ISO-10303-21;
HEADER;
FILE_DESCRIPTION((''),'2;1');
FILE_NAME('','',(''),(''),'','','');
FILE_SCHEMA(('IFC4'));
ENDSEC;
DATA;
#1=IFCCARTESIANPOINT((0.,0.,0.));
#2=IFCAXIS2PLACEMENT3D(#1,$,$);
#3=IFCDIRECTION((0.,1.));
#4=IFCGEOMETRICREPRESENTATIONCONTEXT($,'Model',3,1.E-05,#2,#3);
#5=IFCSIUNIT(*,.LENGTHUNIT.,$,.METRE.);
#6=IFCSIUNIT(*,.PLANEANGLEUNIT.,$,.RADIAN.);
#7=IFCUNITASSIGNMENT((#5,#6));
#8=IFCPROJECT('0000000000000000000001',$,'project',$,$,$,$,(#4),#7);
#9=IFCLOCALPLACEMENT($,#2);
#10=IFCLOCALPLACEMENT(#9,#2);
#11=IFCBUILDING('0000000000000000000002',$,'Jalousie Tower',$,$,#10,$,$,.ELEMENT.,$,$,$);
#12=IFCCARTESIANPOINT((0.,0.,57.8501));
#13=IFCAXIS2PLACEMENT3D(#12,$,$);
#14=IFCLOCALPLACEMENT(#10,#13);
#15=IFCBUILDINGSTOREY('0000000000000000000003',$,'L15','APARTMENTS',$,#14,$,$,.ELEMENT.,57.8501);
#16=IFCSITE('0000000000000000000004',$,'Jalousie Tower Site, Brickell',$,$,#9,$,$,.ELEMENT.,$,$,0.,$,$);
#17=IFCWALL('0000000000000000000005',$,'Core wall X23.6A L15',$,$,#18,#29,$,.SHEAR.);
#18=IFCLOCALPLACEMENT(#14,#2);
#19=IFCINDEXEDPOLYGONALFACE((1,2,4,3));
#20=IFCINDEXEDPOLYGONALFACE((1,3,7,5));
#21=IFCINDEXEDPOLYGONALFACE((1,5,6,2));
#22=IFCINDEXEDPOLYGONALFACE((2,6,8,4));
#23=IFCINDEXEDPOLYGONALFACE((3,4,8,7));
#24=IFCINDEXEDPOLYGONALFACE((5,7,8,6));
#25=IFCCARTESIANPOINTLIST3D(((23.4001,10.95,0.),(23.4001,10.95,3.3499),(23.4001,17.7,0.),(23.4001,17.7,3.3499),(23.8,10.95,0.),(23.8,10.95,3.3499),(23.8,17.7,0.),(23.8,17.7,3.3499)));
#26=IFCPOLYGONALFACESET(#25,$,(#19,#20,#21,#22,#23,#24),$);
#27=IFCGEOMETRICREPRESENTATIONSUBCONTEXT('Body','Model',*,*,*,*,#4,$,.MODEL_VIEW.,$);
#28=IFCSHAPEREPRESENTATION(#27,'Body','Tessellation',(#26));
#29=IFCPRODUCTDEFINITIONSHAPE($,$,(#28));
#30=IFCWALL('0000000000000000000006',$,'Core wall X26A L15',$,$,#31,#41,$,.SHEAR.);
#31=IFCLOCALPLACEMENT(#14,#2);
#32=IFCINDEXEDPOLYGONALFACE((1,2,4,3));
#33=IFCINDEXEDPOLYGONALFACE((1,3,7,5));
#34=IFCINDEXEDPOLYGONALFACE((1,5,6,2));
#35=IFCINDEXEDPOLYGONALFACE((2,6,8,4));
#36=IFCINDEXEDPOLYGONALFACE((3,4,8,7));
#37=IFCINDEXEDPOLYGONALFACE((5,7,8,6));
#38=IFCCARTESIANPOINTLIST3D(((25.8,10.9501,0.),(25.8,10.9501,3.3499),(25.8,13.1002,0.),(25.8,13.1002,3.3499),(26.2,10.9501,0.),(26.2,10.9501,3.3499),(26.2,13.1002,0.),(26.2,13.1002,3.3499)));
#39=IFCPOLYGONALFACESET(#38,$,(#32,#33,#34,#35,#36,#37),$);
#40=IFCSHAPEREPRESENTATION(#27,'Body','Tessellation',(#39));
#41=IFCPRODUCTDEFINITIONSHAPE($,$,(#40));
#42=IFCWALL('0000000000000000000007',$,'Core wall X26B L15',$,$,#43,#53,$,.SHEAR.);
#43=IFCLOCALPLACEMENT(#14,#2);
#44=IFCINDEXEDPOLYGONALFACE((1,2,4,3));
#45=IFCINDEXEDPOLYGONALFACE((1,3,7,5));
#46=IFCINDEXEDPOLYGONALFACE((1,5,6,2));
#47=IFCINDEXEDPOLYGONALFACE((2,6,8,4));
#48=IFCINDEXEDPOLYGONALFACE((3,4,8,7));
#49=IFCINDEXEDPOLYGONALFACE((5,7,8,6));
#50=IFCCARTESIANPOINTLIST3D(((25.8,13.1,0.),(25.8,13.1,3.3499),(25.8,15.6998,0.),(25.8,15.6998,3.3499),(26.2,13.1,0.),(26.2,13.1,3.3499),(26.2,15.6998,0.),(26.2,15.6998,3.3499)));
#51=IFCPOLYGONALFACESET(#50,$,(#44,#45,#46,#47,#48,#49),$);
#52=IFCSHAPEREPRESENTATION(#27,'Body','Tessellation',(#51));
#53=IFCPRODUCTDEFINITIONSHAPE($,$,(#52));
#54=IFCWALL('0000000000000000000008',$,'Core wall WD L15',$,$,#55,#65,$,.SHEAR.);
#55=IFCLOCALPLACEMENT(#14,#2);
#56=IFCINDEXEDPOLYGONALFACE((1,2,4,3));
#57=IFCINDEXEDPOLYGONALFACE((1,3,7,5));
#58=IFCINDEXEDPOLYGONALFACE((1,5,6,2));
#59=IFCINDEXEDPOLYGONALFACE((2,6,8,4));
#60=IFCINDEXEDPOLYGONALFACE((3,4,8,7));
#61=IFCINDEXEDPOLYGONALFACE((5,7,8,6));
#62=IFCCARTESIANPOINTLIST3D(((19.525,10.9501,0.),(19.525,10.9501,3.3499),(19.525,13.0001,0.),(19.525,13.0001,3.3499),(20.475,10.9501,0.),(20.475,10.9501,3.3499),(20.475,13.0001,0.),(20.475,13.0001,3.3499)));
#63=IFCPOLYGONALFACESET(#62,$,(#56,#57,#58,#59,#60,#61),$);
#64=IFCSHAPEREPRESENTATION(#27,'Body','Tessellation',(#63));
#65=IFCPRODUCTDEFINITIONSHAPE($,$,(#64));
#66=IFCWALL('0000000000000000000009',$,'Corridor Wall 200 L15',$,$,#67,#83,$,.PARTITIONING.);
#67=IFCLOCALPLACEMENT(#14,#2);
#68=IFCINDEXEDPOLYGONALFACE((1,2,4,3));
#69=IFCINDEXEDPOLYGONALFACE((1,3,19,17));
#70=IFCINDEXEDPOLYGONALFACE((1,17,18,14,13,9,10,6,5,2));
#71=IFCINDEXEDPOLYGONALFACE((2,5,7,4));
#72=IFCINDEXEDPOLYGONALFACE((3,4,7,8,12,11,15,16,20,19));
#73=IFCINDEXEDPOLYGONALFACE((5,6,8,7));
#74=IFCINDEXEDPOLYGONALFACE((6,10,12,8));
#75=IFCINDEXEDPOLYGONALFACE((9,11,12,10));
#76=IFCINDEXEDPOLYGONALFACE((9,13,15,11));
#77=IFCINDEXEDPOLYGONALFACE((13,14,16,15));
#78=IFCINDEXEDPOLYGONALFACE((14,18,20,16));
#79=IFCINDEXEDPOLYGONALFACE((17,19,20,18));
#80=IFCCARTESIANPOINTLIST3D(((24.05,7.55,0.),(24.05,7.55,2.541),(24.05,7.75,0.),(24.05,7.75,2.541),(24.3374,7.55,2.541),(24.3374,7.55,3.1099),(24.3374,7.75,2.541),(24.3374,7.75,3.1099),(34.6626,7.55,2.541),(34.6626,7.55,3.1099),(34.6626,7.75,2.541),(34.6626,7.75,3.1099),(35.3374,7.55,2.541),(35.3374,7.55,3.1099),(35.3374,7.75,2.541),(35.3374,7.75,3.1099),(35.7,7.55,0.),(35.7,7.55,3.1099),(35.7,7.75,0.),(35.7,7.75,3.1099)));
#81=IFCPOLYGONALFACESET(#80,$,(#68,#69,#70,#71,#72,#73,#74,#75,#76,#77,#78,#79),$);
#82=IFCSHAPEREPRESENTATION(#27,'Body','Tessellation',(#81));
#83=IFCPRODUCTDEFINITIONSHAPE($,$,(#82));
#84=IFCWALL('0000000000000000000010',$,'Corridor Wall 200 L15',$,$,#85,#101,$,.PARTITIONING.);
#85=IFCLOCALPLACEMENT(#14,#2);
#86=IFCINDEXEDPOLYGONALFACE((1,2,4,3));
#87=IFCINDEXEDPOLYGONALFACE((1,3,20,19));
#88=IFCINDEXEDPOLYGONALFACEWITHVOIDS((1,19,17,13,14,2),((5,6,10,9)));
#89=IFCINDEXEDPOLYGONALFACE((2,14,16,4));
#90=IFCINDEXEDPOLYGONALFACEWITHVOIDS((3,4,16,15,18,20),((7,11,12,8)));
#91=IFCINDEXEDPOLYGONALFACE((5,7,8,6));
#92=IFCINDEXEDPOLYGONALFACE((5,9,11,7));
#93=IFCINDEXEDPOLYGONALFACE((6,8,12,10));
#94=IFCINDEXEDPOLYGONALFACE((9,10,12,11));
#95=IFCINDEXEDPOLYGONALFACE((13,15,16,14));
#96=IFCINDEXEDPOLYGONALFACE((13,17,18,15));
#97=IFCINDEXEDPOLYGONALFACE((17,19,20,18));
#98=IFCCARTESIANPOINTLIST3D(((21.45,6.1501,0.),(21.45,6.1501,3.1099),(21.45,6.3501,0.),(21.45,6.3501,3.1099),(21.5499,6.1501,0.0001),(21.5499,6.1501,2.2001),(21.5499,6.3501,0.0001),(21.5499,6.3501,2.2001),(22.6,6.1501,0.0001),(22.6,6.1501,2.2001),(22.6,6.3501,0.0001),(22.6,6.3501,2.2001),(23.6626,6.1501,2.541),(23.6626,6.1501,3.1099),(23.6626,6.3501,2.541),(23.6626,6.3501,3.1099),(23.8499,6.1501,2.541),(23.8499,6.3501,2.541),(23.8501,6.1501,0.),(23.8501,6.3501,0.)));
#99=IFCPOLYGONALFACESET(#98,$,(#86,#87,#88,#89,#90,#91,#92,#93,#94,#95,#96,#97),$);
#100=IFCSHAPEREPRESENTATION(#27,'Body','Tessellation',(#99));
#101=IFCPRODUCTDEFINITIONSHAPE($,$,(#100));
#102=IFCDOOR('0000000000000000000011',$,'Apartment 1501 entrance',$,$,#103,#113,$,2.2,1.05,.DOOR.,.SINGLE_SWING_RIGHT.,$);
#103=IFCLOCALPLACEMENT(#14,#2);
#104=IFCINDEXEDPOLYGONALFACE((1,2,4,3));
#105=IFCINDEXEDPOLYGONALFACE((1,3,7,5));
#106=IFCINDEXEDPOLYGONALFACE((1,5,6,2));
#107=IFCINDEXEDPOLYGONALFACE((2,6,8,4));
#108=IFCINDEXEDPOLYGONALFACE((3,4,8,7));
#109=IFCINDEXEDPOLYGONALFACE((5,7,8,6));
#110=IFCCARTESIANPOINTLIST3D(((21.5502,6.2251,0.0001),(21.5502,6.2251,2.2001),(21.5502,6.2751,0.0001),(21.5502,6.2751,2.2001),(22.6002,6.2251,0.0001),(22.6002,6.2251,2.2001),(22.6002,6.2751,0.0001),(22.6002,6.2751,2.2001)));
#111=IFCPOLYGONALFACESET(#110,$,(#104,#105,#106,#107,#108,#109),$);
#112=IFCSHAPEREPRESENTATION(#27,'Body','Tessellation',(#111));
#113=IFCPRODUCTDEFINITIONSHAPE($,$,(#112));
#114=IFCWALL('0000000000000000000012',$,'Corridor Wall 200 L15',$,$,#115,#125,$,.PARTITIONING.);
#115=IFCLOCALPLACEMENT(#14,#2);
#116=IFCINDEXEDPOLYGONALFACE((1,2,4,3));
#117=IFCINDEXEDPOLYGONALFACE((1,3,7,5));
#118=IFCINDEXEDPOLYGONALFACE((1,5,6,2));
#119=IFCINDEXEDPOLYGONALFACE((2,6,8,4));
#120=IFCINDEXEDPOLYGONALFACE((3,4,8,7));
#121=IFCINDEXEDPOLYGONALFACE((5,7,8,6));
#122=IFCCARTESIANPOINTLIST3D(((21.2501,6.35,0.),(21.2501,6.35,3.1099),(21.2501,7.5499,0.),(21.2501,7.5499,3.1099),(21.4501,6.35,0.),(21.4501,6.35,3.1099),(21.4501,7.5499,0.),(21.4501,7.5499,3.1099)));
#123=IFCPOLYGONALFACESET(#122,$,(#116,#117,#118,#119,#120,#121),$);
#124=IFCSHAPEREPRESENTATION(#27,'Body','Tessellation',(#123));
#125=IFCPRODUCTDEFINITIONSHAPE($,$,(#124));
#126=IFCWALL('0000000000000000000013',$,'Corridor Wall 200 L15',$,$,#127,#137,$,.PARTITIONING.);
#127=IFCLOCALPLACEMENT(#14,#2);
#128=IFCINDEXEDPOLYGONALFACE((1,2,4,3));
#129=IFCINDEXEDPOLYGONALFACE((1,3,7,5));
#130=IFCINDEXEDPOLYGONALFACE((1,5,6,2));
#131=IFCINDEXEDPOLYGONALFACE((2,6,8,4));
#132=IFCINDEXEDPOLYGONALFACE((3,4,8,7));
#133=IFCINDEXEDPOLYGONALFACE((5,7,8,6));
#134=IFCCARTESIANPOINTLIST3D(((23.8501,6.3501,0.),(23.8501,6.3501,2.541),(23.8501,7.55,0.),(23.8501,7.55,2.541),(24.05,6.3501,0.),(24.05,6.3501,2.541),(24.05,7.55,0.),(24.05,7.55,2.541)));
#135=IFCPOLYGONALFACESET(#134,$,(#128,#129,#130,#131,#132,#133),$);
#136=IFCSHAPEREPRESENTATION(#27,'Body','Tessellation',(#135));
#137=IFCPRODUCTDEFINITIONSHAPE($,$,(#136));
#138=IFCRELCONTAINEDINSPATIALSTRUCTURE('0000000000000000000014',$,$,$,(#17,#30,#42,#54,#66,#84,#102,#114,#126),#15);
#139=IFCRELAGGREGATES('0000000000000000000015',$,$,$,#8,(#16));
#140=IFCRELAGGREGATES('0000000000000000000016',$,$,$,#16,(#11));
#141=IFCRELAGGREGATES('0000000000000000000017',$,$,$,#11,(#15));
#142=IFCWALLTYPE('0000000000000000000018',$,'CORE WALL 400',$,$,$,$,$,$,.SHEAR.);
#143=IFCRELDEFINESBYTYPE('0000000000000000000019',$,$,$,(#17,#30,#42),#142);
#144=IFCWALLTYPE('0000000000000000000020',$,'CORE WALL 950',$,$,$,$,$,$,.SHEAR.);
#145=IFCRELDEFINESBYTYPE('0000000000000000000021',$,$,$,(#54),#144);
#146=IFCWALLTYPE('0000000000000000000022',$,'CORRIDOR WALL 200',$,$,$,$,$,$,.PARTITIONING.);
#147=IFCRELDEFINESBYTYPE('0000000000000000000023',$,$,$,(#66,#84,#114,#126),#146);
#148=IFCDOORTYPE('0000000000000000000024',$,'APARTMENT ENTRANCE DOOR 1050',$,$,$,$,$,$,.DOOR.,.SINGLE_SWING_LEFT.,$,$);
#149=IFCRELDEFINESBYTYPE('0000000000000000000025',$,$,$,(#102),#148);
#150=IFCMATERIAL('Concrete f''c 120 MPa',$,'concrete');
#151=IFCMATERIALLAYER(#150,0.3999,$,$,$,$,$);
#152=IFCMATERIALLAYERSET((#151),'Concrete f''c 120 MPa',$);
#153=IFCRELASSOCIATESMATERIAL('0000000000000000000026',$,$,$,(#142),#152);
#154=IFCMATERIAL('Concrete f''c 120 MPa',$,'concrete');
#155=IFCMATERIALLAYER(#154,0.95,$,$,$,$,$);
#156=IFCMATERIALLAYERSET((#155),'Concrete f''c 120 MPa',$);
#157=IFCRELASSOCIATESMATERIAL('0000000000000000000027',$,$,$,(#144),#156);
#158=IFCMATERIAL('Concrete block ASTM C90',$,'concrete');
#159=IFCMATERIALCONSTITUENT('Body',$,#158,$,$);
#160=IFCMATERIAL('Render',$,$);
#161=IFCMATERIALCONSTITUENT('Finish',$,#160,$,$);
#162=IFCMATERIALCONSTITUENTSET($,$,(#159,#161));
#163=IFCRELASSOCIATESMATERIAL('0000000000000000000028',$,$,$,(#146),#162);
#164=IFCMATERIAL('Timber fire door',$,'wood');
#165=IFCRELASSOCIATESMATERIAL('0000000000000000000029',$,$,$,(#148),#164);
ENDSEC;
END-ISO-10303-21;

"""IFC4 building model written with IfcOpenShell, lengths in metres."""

from ifc_helpers import new_model, si_unit, direction, frame, frame_2d, origin, place, context, subcontext, project, spatial, polyline, rectangle, outline, extrude, material, layer, layer_set, constituent, constituent_set, type_object, element, fill, save


model = new_model("IFC4")

# Units and contexts
model_context = context("Model", 3, precision=1e-05, world=origin(), true_north=direction((0.0, 1.0)))
body_context = subcontext(model_context, "Body", "Model", "MODEL_VIEW")
ifc_project = project(units=[si_unit("LENGTHUNIT", "METRE"), si_unit("PLANEANGLEUNIT", "RADIAN")], contexts=[model_context])

# Site, building, storey
site_placement = place(None, origin())
site = spatial("IfcSite", under=ifc_project, at=site_placement, Name="Jalousie Tower Site, Brickell", CompositionType="ELEMENT", RefElevation=0.0)
building_placement = place(site_placement, origin())
building = spatial("IfcBuilding", under=site, at=building_placement, Name="Jalousie Tower", CompositionType="ELEMENT")
storey_placement = place(building_placement, frame((0.0, 0.0, 57.8501)))
storey = spatial("IfcBuildingStorey", under=building, at=storey_placement, Name="L15", Description="APARTMENTS", CompositionType="ELEMENT", Elevation=57.8501)

# Walls
ifc_material_1 = material(Name="Concrete f'c 120 MPa", Category="concrete")
ifc_layer_1 = layer(ifc_material_1, 0.3999)
ifc_layer_set_1 = layer_set([ifc_layer_1], Name="Concrete f'c 120 MPa")
wall_type_1 = type_object("IfcWallType", Name="CORE WALL 400", PredefinedType="SHEAR", material=ifc_layer_set_1)
wall_1_placement = place(storey_placement, frame((23.6001, 10.95, 0.0), z_axis=(0.0, 0.0, 1.0), x_axis=(0.0, 1.0, 0.0)))
element("IfcWall", 1, at=wall_1_placement, inside=storey, type_object=wall_type_1, Name="Core wall X23.6A L15", PredefinedType="SHEAR", context=body_context, shape_type="SweptSolid", body=[
    extrude(rectangle(XDim=6.75, YDim=0.3999, at=frame_2d((3.375, 0.0))), origin(), (0.0, 0.0, 1.0), 3.3499),
])
wall_2_placement = place(storey_placement, frame((26.0, 10.95, 0.0), z_axis=(0.0, 0.0, 1.0), x_axis=(0.0, 1.0, 0.0)))
element("IfcWall", 2, at=wall_2_placement, inside=storey, type_object=wall_type_1, Name="Core wall X26A L15", PredefinedType="SHEAR", context=body_context, shape_type="SweptSolid", body=[
    extrude(rectangle(XDim=2.1501, YDim=0.3999, at=frame_2d((1.0752, 0.0))), origin(), (0.0, 0.0, 1.0), 3.3499),
])
wall_3_placement = place(storey_placement, frame((26.0, 13.1001, 0.0), z_axis=(0.0, 0.0, 1.0), x_axis=(0.0, 1.0, 0.0)))
element("IfcWall", 3, at=wall_3_placement, inside=storey, type_object=wall_type_1, Name="Core wall X26B L15", PredefinedType="SHEAR", context=body_context, shape_type="SweptSolid", body=[
    extrude(rectangle(XDim=2.5999, YDim=0.3999, at=frame_2d((1.2998, 0.0))), origin(), (0.0, 0.0, 1.0), 3.3499),
])
ifc_material_2 = material(Name="Concrete f'c 120 MPa", Category="concrete")
ifc_layer_2 = layer(ifc_material_2, 0.95)
ifc_layer_set_2 = layer_set([ifc_layer_2], Name="Concrete f'c 120 MPa")
wall_type_2 = type_object("IfcWallType", Name="CORE WALL 950", PredefinedType="SHEAR", material=ifc_layer_set_2)
wall_4_placement = place(storey_placement, frame((20.0, 13.0, 0.0), z_axis=(0.0, 0.0, 1.0), x_axis=(0.0, -1.0, 0.0)))
element("IfcWall", 4, at=wall_4_placement, inside=storey, type_object=wall_type_2, Name="Core wall WD L15", PredefinedType="SHEAR", context=body_context, shape_type="SweptSolid", body=[
    extrude(rectangle(XDim=2.05, YDim=0.95, at=frame_2d((1.0249, 0.0))), origin(), (0.0, 0.0, 1.0), 3.3499),
])
ifc_material_3 = material(Name="Concrete block ASTM C90", Category="concrete")
ifc_constituent_1 = constituent(ifc_material_3, Name="Body")
ifc_material_4 = material(Name="Render")
ifc_constituent_2 = constituent(ifc_material_4, Name="Finish")
ifc_constituent_set_1 = constituent_set(constituents=[ifc_constituent_1, ifc_constituent_2])
wall_type_3 = type_object("IfcWallType", Name="CORRIDOR WALL 200", PredefinedType="PARTITIONING", material=ifc_constituent_set_1)
wall_5_placement = place(storey_placement, frame((24.05, 7.6499, 0.0), z_axis=(0.0, 0.0, 1.0), x_axis=(1.0, 0.0, 0.0)))
element("IfcWall", 5, at=wall_5_placement, inside=storey, type_object=wall_type_3, Name="Corridor Wall 200 L15", PredefinedType="PARTITIONING", context=body_context, shape_type="SweptSolid", body=[
    extrude(outline(polyline([(0.0, 0.0), (11.6499, 0.0), (11.6499, 3.1099), (11.2874, 3.1099), (11.2874, 2.541), (10.6125, 2.541), (10.6125, 3.1099), (0.2874, 3.1099), (0.2874, 2.541), (0.0, 2.541), (0.0, 3.1099), (0.0, 0.0)])), frame((0.0, 0.1001, 0.0), z_axis=(0.0, -1.0, 0.0), x_axis=(1.0, 0.0, 0.0)), (0.0, 0.0, 1.0), 0.2),
])

# Wall, opening, door
wall_6_placement = place(storey_placement, frame((21.45, 6.25, 0.0), z_axis=(0.0, 0.0, 1.0), x_axis=(1.0, 0.0, 0.0)))
wall_6 = element("IfcWall", 6, at=wall_6_placement, inside=storey, type_object=wall_type_3, Name="Corridor Wall 200 L15", PredefinedType="PARTITIONING", context=body_context, shape_type="SweptSolid", body=[
    extrude(outline(polyline([(0.0, 0.0), (2.4001, 0.0), (2.3999, 3.1099), (2.3999, 2.541), (2.2126, 2.541), (2.2126, 3.1099), (0.0, 3.1099), (0.0, 0.0)])), frame((0.0, 0.1001, 0.0), z_axis=(0.0, -1.0, 0.0), x_axis=(1.0, 0.0, 0.0)), (0.0, 0.0, 1.0), 0.2),
])
opening_1_placement = place(wall_6_placement, frame((0.1001, 0.0, 0.0)))
opening_1 = element("IfcOpeningElement", 7, at=opening_1_placement, cuts=wall_6, PredefinedType="OPENING", context=body_context, shape_type="SweptSolid", body=[
    extrude(rectangle(XDim=1.05, YDim=2.2, at=frame_2d((0.5249, 1.1001))), frame((0.0, 0.1099, 0.0), z_axis=(0.0, -1.0, 0.0), x_axis=(1.0, 0.0, 0.0)), (0.0, 0.0, 1.0), 0.22),
])
ifc_material_5 = material(Name="Timber fire door", Category="wood")
door_type_1 = type_object("IfcDoorType", Name="APARTMENT ENTRANCE DOOR 1050", OperationType="SINGLE_SWING_LEFT", PredefinedType="DOOR", material=ifc_material_5)
door_1_placement = place(opening_1_placement, frame((1.05, 0.0, 0.0), z_axis=(0.0, 0.0, 1.0), x_axis=(-1.0, 0.0, 0.0)))
door_1 = element("IfcDoor", 8, at=door_1_placement, inside=storey, type_object=door_type_1, Name="Apartment 1501 entrance", OperationType="SINGLE_SWING_RIGHT", OverallHeight=2.2, OverallWidth=1.05, PredefinedType="DOOR", context=body_context, shape_type="SweptSolid", body=[
    extrude(rectangle(XDim=1.05, YDim=2.2, at=frame_2d((0.5249, 1.1001))), frame((0.0, 0.0249, 0.0), z_axis=(0.0, -1.0, 0.0), x_axis=(1.0, 0.0, 0.0)), (0.0, 0.0, 1.0), 0.05),
])
fill(opening_1, door_1)

# Walls
wall_7_placement = place(storey_placement, frame((21.3501, 7.55, 0.0), z_axis=(0.0, 0.0, 1.0), x_axis=(0.0, -1.0, 0.0)))
element("IfcWall", 9, at=wall_7_placement, inside=storey, type_object=wall_type_3, Name="Corridor Wall 200 L15", PredefinedType="PARTITIONING", context=body_context, shape_type="SweptSolid", body=[
    extrude(rectangle(XDim=1.2, YDim=0.2, at=frame_2d((0.6001, 0.0))), origin(), (0.0, 0.0, 1.0), 3.1099),
])
wall_8_placement = place(storey_placement, frame((23.95, 7.55, 0.0), z_axis=(0.0, 0.0, 1.0), x_axis=(0.0, -1.0, 0.0)))
element("IfcWall", 10, at=wall_8_placement, inside=storey, type_object=wall_type_3, Name="Corridor Wall 200 L15", PredefinedType="PARTITIONING", context=body_context, shape_type="SweptSolid", body=[
    extrude(outline(polyline([(0.0, 0.0), (1.2, 0.0), (1.2, 3.1099), (1.2, 2.541), (0.0, 2.541), (0.0, 3.1099), (0.0, 0.0)])), frame((0.0, 0.1001, 0.0), z_axis=(0.0, -1.0, 0.0), x_axis=(1.0, 0.0, 0.0)), (0.0, 0.0, 1.0), 0.2),
])

save(model, "model.ifc")
